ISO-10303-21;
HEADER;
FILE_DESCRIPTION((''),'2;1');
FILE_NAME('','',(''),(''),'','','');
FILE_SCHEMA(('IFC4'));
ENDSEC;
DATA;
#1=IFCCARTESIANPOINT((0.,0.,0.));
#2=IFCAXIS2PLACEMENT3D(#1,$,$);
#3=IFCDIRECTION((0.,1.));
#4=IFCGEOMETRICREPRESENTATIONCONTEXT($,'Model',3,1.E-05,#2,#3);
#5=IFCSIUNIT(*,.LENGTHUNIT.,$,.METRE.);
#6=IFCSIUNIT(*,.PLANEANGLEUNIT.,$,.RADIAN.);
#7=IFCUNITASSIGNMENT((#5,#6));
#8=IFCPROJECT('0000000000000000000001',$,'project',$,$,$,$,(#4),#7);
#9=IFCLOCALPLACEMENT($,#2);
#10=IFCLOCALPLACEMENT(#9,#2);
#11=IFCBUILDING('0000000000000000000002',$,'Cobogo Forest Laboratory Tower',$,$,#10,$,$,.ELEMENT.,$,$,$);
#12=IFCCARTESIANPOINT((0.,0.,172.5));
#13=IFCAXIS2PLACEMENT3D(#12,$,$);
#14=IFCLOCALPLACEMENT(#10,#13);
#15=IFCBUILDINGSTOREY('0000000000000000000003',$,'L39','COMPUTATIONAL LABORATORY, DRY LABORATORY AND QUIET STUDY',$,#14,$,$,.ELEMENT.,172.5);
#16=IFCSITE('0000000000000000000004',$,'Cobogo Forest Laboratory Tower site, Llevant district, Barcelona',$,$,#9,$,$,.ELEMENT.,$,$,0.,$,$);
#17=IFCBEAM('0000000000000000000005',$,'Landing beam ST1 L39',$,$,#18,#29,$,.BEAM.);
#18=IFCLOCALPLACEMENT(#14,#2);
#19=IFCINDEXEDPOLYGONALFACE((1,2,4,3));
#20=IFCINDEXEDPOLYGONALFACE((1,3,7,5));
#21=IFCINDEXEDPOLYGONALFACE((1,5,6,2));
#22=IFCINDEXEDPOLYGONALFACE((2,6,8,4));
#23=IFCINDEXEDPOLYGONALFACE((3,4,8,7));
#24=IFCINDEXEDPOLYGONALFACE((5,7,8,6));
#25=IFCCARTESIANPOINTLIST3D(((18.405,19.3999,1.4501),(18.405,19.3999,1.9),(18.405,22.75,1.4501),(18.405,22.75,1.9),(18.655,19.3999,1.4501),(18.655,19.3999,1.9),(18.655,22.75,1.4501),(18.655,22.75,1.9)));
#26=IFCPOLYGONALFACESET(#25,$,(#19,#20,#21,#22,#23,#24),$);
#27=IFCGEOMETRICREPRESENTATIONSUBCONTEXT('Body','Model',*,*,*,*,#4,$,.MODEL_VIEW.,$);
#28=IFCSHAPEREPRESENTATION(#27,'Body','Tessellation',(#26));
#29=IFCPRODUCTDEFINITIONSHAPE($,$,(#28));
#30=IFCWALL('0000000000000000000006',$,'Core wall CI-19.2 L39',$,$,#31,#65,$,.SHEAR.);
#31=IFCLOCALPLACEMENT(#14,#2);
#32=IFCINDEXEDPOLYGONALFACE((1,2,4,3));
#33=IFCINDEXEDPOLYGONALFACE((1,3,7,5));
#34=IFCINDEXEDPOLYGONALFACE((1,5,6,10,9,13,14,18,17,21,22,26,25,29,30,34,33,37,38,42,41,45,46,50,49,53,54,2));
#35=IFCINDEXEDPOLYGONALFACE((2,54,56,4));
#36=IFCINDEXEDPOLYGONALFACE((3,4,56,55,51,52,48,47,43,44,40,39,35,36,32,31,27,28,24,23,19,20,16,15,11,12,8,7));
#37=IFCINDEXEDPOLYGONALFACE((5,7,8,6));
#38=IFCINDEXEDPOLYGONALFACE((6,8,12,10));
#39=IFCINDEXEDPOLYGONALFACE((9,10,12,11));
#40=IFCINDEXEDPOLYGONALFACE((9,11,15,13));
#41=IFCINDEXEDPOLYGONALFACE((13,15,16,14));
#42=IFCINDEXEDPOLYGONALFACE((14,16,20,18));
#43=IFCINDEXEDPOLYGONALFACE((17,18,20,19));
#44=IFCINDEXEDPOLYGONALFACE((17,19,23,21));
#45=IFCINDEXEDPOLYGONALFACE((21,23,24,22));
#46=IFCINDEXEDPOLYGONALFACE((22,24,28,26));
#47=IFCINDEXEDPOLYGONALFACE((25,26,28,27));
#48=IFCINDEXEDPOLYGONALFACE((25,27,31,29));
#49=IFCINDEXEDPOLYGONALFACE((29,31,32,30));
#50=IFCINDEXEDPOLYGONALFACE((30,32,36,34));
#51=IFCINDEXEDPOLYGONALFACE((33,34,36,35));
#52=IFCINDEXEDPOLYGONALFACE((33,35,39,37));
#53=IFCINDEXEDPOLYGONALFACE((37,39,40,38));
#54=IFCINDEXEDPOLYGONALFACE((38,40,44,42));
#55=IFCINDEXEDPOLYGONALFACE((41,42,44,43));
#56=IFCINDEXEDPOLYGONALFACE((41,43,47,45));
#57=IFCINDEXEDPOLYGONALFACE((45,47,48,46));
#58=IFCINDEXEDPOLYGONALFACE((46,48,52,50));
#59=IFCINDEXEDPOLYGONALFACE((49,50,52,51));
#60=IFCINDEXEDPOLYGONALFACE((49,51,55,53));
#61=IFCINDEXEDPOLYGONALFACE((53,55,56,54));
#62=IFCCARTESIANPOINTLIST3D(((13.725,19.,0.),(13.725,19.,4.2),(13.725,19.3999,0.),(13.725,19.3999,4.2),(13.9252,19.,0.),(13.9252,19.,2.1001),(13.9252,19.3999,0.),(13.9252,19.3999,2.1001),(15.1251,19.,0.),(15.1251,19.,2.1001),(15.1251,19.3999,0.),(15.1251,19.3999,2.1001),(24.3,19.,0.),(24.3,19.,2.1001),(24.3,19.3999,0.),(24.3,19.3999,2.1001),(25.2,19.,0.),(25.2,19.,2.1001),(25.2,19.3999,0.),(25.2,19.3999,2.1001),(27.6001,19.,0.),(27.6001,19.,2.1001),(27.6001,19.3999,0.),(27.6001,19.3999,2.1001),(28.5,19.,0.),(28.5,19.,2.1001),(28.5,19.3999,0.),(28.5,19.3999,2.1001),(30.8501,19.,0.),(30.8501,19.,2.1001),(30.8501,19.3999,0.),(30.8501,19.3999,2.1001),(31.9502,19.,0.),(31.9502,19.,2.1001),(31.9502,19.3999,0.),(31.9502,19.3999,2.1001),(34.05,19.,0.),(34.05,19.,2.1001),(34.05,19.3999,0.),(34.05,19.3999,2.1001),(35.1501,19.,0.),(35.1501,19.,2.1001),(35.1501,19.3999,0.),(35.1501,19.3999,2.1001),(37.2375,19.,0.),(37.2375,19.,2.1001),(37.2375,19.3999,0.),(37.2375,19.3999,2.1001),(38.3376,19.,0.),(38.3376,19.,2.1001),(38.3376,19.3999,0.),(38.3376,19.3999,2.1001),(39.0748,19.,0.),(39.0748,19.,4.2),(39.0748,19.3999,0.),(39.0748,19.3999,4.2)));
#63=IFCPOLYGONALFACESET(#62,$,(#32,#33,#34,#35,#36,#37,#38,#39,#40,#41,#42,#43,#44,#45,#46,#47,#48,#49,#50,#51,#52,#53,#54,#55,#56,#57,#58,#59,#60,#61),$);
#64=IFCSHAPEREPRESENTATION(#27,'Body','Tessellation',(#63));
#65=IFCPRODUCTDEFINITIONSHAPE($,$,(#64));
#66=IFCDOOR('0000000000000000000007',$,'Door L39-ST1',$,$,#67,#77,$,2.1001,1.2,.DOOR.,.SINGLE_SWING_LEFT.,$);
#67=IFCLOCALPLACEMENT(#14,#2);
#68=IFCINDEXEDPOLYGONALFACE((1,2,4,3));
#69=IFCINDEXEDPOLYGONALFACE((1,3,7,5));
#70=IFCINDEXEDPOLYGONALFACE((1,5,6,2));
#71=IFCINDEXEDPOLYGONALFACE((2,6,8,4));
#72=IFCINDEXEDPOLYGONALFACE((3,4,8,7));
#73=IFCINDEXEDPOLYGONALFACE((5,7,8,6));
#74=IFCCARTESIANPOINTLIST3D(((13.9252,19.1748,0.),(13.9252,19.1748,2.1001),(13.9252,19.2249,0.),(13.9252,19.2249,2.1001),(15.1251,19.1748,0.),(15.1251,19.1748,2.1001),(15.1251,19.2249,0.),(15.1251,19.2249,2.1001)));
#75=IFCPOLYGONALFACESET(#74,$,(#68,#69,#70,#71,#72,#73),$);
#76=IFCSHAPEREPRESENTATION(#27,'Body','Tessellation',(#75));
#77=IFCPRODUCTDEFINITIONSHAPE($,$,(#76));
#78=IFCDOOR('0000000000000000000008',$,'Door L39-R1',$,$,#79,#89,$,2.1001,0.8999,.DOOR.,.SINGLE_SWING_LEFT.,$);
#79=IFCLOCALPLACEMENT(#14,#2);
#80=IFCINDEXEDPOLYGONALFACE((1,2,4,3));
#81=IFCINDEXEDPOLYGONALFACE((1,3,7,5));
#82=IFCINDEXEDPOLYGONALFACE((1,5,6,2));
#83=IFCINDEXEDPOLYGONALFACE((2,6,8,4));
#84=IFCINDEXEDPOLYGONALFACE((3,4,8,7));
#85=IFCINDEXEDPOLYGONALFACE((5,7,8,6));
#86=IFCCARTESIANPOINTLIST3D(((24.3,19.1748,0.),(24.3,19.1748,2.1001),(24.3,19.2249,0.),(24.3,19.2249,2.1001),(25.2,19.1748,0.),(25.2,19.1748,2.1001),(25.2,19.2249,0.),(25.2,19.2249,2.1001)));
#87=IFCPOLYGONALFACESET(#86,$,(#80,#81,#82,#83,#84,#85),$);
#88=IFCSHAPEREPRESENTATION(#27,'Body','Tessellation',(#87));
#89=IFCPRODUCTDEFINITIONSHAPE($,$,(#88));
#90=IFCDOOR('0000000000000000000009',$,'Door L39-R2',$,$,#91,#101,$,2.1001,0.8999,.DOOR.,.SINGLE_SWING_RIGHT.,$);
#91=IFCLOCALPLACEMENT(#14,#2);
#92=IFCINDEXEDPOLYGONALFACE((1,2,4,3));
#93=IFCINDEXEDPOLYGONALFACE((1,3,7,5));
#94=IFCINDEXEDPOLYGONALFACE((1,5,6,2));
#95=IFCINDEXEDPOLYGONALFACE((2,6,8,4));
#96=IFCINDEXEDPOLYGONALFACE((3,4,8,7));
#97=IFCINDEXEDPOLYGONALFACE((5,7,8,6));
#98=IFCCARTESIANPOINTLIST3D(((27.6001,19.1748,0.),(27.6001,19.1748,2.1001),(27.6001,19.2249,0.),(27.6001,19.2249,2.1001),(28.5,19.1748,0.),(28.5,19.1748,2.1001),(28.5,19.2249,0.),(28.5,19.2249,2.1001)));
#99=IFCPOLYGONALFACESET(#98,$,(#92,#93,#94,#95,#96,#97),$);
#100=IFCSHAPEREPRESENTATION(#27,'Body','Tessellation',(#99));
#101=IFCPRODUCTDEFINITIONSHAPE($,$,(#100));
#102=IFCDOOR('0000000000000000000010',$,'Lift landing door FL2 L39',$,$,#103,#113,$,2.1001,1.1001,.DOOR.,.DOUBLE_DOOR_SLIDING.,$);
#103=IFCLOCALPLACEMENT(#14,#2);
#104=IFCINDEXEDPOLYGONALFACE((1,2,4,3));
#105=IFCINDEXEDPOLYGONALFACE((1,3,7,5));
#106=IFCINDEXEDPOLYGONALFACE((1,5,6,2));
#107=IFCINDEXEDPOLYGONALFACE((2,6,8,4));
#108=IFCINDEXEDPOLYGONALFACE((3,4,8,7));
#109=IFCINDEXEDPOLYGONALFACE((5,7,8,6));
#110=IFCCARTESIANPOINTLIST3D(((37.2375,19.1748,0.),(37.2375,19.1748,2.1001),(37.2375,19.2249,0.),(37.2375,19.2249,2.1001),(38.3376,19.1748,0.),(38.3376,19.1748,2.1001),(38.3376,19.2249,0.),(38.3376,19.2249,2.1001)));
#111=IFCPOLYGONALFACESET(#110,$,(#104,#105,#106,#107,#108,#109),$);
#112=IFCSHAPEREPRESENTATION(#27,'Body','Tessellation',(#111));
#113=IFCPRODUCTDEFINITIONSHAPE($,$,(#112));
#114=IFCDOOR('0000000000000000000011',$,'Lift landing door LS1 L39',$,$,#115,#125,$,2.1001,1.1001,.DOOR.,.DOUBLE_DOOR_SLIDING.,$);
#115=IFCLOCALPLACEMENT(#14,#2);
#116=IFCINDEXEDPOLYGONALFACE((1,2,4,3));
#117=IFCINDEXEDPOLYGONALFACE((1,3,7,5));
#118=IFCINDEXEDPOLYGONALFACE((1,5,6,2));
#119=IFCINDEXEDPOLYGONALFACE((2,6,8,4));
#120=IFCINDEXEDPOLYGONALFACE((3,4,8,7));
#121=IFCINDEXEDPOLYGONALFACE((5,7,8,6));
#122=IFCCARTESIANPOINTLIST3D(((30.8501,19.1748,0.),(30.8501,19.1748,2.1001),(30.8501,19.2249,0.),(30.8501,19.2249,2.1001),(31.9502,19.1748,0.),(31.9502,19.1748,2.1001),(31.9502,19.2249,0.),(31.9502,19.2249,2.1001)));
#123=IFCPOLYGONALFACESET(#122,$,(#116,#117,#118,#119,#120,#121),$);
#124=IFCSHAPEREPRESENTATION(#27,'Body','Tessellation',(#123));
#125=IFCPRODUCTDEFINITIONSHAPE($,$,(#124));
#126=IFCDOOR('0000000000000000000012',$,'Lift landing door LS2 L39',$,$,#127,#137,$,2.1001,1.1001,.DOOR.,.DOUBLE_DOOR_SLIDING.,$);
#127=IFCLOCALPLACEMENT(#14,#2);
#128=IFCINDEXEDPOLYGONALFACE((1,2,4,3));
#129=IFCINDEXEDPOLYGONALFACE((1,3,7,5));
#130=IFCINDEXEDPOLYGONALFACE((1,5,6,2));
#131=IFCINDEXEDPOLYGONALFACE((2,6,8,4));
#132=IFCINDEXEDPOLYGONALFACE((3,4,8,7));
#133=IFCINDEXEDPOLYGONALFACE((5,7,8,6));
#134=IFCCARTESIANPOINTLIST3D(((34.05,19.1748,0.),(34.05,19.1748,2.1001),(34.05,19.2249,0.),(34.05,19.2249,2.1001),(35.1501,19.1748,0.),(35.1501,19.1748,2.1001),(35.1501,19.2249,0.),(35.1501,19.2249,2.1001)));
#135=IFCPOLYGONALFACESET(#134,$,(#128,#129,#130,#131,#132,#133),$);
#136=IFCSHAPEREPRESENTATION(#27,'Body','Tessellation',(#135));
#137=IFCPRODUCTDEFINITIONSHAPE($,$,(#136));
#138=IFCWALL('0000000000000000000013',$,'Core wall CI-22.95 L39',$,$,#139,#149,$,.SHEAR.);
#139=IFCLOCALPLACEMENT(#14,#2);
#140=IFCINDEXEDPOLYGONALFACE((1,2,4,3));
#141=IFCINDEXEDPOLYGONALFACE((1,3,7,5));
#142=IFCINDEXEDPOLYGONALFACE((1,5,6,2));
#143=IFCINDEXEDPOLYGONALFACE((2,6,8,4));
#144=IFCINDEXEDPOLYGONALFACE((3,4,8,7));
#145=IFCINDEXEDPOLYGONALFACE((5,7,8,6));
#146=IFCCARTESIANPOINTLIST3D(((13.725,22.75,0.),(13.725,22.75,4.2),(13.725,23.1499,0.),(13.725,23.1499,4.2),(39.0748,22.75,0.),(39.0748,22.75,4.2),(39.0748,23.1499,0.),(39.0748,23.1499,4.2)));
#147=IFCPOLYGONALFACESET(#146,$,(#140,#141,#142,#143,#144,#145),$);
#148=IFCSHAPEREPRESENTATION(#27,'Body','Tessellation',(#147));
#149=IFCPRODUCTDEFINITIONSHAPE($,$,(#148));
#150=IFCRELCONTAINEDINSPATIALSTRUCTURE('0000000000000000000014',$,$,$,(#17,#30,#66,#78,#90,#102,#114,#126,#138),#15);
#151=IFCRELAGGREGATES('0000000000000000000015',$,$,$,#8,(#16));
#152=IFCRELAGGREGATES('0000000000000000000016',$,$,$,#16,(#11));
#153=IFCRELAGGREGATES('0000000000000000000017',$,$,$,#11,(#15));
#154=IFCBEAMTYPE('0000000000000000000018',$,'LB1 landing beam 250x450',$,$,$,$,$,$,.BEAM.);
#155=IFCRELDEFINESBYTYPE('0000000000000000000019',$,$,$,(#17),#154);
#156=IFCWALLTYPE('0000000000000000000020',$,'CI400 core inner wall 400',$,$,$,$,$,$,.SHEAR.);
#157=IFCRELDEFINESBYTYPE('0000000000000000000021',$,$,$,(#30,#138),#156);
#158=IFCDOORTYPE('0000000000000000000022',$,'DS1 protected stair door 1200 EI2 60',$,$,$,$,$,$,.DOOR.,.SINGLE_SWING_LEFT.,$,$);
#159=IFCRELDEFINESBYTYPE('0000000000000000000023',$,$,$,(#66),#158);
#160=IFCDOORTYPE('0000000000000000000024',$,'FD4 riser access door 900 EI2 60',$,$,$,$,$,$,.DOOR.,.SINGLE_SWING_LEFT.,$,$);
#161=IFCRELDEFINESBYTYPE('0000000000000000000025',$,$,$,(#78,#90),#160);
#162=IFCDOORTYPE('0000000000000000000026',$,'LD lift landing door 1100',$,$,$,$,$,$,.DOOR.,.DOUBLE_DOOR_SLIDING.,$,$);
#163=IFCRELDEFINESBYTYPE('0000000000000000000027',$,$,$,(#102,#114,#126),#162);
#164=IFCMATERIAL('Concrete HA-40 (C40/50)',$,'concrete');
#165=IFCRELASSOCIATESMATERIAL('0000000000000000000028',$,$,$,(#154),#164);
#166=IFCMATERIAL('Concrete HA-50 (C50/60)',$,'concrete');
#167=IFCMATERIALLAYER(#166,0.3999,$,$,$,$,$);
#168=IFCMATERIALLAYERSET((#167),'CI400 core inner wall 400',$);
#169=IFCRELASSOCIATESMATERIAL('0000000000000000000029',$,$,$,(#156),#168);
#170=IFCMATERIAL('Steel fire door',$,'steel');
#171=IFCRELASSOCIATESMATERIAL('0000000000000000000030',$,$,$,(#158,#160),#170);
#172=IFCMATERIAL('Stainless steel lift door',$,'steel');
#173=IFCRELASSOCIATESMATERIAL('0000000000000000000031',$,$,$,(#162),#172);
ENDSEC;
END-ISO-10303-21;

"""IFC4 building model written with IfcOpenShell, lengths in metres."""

from ifc_helpers import new_model, si_unit, direction, frame, frame_2d, origin, origin_2d, place, context, subcontext, project, spatial, rectangle, extrude, material, layer, layer_set, material_profile, profile_set, type_object, element, fill, save


model = new_model("IFC4")

# Units and contexts
model_context = context("Model", 3, precision=1e-05, world=origin(), true_north=direction((0.0, 1.0)))
body_context = subcontext(model_context, "Body", "Model", "MODEL_VIEW")
ifc_project = project(units=[si_unit("LENGTHUNIT", "METRE"), si_unit("PLANEANGLEUNIT", "RADIAN")], contexts=[model_context])

# Site, building, storey
site_placement = place(None, origin())
site = spatial("IfcSite", under=ifc_project, at=site_placement, Name="Cobogo Forest Laboratory Tower site, Llevant district, Barcelona", CompositionType="ELEMENT", RefElevation=0.0)
building_placement = place(site_placement, origin())
building = spatial("IfcBuilding", under=site, at=building_placement, Name="Cobogo Forest Laboratory Tower", CompositionType="ELEMENT")
storey_placement = place(building_placement, frame((0.0, 0.0, 172.5)))
storey = spatial("IfcBuildingStorey", under=building, at=storey_placement, Name="L39", Description="COMPUTATIONAL LABORATORY, DRY LABORATORY AND QUIET STUDY", CompositionType="ELEMENT", Elevation=172.5)

# Beam
ifc_material_1 = material(Name="Concrete HA-40 (C40/50)", Category="concrete")
ifc_material_profile = material_profile(ifc_material_1, rectangle(XDim=0.25, YDim=0.45, at=origin_2d()), Name="RC 250x450")
ifc_profile_set = profile_set([ifc_material_profile], Name="Concrete HA-40 (C40/50)")
beam_type = type_object("IfcBeamType", Name="LB1 landing beam 250x450", PredefinedType="BEAM", material=ifc_profile_set)
beam_placement = place(storey_placement, frame((18.53, 19.3999, 1.675), z_axis=(0.0, 1.0, 0.0), x_axis=(-1.0, 0.0, 0.0)))
element("IfcBeam", 1, at=beam_placement, inside=storey, type_object=beam_type, Name="Landing beam ST1 L39", PredefinedType="BEAM", context=body_context, shape_type="SweptSolid", body=[
    extrude(rectangle(XDim=0.25, YDim=0.45, at=origin_2d()), origin(), (0.0, 0.0, 1.0), 3.3501),
])

# Wall, openings, doors
ifc_material_2 = material(Name="Concrete HA-50 (C50/60)", Category="concrete")
ifc_layer = layer(ifc_material_2, 0.3999)
ifc_layer_set = layer_set([ifc_layer], Name="CI400 core inner wall 400")
wall_type = type_object("IfcWallType", Name="CI400 core inner wall 400", PredefinedType="SHEAR", material=ifc_layer_set)
wall_1_placement = place(storey_placement, frame((13.7251, 19.2, 0.0), z_axis=(0.0, 0.0, 1.0), x_axis=(1.0, 0.0, 0.0)))
wall_1 = element("IfcWall", 2, at=wall_1_placement, inside=storey, type_object=wall_type, Name="Core wall CI-19.2 L39", PredefinedType="SHEAR", context=body_context, shape_type="SweptSolid", body=[
    extrude(rectangle(XDim=25.3499, YDim=0.3999, at=frame_2d((12.6748, 0.0))), origin(), (0.0, 0.0, 1.0), 4.2),
])
opening_1_placement = place(wall_1_placement, frame((10.575, 0.0, 0.0)))
opening_1 = element("IfcOpeningElement", 3, at=opening_1_placement, cuts=wall_1, PredefinedType="OPENING", context=body_context, shape_type="SweptSolid", body=[
    extrude(rectangle(XDim=0.8999, YDim=2.1001, at=frame_2d((0.45, 1.05))), frame((0.0, 0.21, 0.0), z_axis=(0.0, -1.0, 0.0), x_axis=(1.0, 0.0, 0.0)), (0.0, 0.0, 1.0), 0.4199),
])
opening_2_placement = place(wall_1_placement, frame((13.875, 0.0, 0.0)))
opening_2 = element("IfcOpeningElement", 4, at=opening_2_placement, cuts=wall_1, PredefinedType="OPENING", context=body_context, shape_type="SweptSolid", body=[
    extrude(rectangle(XDim=0.8999, YDim=2.1001, at=frame_2d((0.45, 1.05))), frame((0.0, 0.21, 0.0), z_axis=(0.0, -1.0, 0.0), x_axis=(1.0, 0.0, 0.0)), (0.0, 0.0, 1.0), 0.4199),
])
opening_3_placement = place(wall_1_placement, frame((0.2, 0.0, 0.0)))
opening_3 = element("IfcOpeningElement", 5, at=opening_3_placement, cuts=wall_1, PredefinedType="OPENING", context=body_context, shape_type="SweptSolid", body=[
    extrude(rectangle(XDim=1.2, YDim=2.1001, at=frame_2d((0.6001, 1.05))), frame((0.0, 0.21, 0.0), z_axis=(0.0, -1.0, 0.0), x_axis=(1.0, 0.0, 0.0)), (0.0, 0.0, 1.0), 0.4199),
])
opening_4_placement = place(wall_1_placement, frame((23.5125, 0.0, 0.0)))
opening_4 = element("IfcOpeningElement", 6, at=opening_4_placement, cuts=wall_1, PredefinedType="OPENING", context=body_context, shape_type="SweptSolid", body=[
    extrude(rectangle(XDim=1.1001, YDim=2.1001, at=frame_2d((0.55, 1.05))), frame((0.0, 0.21, 0.0), z_axis=(0.0, -1.0, 0.0), x_axis=(1.0, 0.0, 0.0)), (0.0, 0.0, 1.0), 0.4199),
])
opening_5_placement = place(wall_1_placement, frame((17.125, 0.0, 0.0)))
opening_5 = element("IfcOpeningElement", 7, at=opening_5_placement, cuts=wall_1, PredefinedType="OPENING", context=body_context, shape_type="SweptSolid", body=[
    extrude(rectangle(XDim=1.1001, YDim=2.1001, at=frame_2d((0.55, 1.05))), frame((0.0, 0.21, 0.0), z_axis=(0.0, -1.0, 0.0), x_axis=(1.0, 0.0, 0.0)), (0.0, 0.0, 1.0), 0.4199),
])
opening_6_placement = place(wall_1_placement, frame((20.325, 0.0, 0.0)))
opening_6 = element("IfcOpeningElement", 8, at=opening_6_placement, cuts=wall_1, PredefinedType="OPENING", context=body_context, shape_type="SweptSolid", body=[
    extrude(rectangle(XDim=1.1001, YDim=2.1001, at=frame_2d((0.55, 1.05))), frame((0.0, 0.21, 0.0), z_axis=(0.0, -1.0, 0.0), x_axis=(1.0, 0.0, 0.0)), (0.0, 0.0, 1.0), 0.4199),
])
ifc_material_3 = material(Name="Steel fire door", Category="steel")
door_type_1 = type_object("IfcDoorType", Name="DS1 protected stair door 1200 EI2 60", OperationType="SINGLE_SWING_LEFT", PredefinedType="DOOR", material=ifc_material_3)
door_1_placement = place(opening_3_placement, origin())
door_1 = element("IfcDoor", 9, at=door_1_placement, inside=storey, type_object=door_type_1, Name="Door L39-ST1", OperationType="SINGLE_SWING_LEFT", OverallHeight=2.1001, OverallWidth=1.2, PredefinedType="DOOR", context=body_context, shape_type="SweptSolid", body=[
    extrude(rectangle(XDim=1.2, YDim=2.1001, at=frame_2d((0.6001, 1.05))), frame((0.0, 0.0249, 0.0), z_axis=(0.0, -1.0, 0.0), x_axis=(1.0, 0.0, 0.0)), (0.0, 0.0, 1.0), 0.05),
])
fill(opening_3, door_1)
door_type_2 = type_object("IfcDoorType", Name="FD4 riser access door 900 EI2 60", OperationType="SINGLE_SWING_LEFT", PredefinedType="DOOR", material=ifc_material_3)
door_2_placement = place(opening_1_placement, origin())
door_2 = element("IfcDoor", 10, at=door_2_placement, inside=storey, type_object=door_type_2, Name="Door L39-R1", OperationType="SINGLE_SWING_LEFT", OverallHeight=2.1001, OverallWidth=0.8999, PredefinedType="DOOR", context=body_context, shape_type="SweptSolid", body=[
    extrude(rectangle(XDim=0.8999, YDim=2.1001, at=frame_2d((0.45, 1.05))), frame((0.0, 0.0249, 0.0), z_axis=(0.0, -1.0, 0.0), x_axis=(1.0, 0.0, 0.0)), (0.0, 0.0, 1.0), 0.05),
])
fill(opening_1, door_2)
door_3_placement = place(opening_2_placement, origin())
door_3 = element("IfcDoor", 11, at=door_3_placement, inside=storey, type_object=door_type_2, Name="Door L39-R2", OperationType="SINGLE_SWING_RIGHT", OverallHeight=2.1001, OverallWidth=0.8999, PredefinedType="DOOR", context=body_context, shape_type="SweptSolid", body=[
    extrude(rectangle(XDim=0.8999, YDim=2.1001, at=frame_2d((0.45, 1.05))), frame((0.0, 0.0249, 0.0), z_axis=(0.0, -1.0, 0.0), x_axis=(1.0, 0.0, 0.0)), (0.0, 0.0, 1.0), 0.05),
])
fill(opening_2, door_3)
ifc_material_4 = material(Name="Stainless steel lift door", Category="steel")
door_type_3 = type_object("IfcDoorType", Name="LD lift landing door 1100", OperationType="DOUBLE_DOOR_SLIDING", PredefinedType="DOOR", material=ifc_material_4)
door_4_placement = place(opening_4_placement, origin())
door_4 = element("IfcDoor", 12, at=door_4_placement, inside=storey, type_object=door_type_3, Name="Lift landing door FL2 L39", OperationType="DOUBLE_DOOR_SLIDING", OverallHeight=2.1001, OverallWidth=1.1001, PredefinedType="DOOR", context=body_context, shape_type="SweptSolid", body=[
    extrude(rectangle(XDim=1.1001, YDim=2.1001, at=frame_2d((0.55, 1.05))), frame((0.0, 0.0249, 0.0), z_axis=(0.0, -1.0, 0.0), x_axis=(1.0, 0.0, 0.0)), (0.0, 0.0, 1.0), 0.05),
])
fill(opening_4, door_4)
door_5_placement = place(opening_5_placement, origin())
door_5 = element("IfcDoor", 13, at=door_5_placement, inside=storey, type_object=door_type_3, Name="Lift landing door LS1 L39", OperationType="DOUBLE_DOOR_SLIDING", OverallHeight=2.1001, OverallWidth=1.1001, PredefinedType="DOOR", context=body_context, shape_type="SweptSolid", body=[
    extrude(rectangle(XDim=1.1001, YDim=2.1001, at=frame_2d((0.55, 1.05))), frame((0.0, 0.0249, 0.0), z_axis=(0.0, -1.0, 0.0), x_axis=(1.0, 0.0, 0.0)), (0.0, 0.0, 1.0), 0.05),
])
fill(opening_5, door_5)
door_6_placement = place(opening_6_placement, origin())
door_6 = element("IfcDoor", 14, at=door_6_placement, inside=storey, type_object=door_type_3, Name="Lift landing door LS2 L39", OperationType="DOUBLE_DOOR_SLIDING", OverallHeight=2.1001, OverallWidth=1.1001, PredefinedType="DOOR", context=body_context, shape_type="SweptSolid", body=[
    extrude(rectangle(XDim=1.1001, YDim=2.1001, at=frame_2d((0.55, 1.05))), frame((0.0, 0.0249, 0.0), z_axis=(0.0, -1.0, 0.0), x_axis=(1.0, 0.0, 0.0)), (0.0, 0.0, 1.0), 0.05),
])
fill(opening_6, door_6)

# Wall
wall_2_placement = place(storey_placement, frame((13.7251, 22.95, 0.0), z_axis=(0.0, 0.0, 1.0), x_axis=(1.0, 0.0, 0.0)))
element("IfcWall", 15, at=wall_2_placement, inside=storey, type_object=wall_type, Name="Core wall CI-22.95 L39", PredefinedType="SHEAR", context=body_context, shape_type="SweptSolid", body=[
    extrude(rectangle(XDim=25.3499, YDim=0.3999, at=frame_2d((12.6748, 0.0))), origin(), (0.0, 0.0, 1.0), 4.2),
])

save(model, "model.ifc")
